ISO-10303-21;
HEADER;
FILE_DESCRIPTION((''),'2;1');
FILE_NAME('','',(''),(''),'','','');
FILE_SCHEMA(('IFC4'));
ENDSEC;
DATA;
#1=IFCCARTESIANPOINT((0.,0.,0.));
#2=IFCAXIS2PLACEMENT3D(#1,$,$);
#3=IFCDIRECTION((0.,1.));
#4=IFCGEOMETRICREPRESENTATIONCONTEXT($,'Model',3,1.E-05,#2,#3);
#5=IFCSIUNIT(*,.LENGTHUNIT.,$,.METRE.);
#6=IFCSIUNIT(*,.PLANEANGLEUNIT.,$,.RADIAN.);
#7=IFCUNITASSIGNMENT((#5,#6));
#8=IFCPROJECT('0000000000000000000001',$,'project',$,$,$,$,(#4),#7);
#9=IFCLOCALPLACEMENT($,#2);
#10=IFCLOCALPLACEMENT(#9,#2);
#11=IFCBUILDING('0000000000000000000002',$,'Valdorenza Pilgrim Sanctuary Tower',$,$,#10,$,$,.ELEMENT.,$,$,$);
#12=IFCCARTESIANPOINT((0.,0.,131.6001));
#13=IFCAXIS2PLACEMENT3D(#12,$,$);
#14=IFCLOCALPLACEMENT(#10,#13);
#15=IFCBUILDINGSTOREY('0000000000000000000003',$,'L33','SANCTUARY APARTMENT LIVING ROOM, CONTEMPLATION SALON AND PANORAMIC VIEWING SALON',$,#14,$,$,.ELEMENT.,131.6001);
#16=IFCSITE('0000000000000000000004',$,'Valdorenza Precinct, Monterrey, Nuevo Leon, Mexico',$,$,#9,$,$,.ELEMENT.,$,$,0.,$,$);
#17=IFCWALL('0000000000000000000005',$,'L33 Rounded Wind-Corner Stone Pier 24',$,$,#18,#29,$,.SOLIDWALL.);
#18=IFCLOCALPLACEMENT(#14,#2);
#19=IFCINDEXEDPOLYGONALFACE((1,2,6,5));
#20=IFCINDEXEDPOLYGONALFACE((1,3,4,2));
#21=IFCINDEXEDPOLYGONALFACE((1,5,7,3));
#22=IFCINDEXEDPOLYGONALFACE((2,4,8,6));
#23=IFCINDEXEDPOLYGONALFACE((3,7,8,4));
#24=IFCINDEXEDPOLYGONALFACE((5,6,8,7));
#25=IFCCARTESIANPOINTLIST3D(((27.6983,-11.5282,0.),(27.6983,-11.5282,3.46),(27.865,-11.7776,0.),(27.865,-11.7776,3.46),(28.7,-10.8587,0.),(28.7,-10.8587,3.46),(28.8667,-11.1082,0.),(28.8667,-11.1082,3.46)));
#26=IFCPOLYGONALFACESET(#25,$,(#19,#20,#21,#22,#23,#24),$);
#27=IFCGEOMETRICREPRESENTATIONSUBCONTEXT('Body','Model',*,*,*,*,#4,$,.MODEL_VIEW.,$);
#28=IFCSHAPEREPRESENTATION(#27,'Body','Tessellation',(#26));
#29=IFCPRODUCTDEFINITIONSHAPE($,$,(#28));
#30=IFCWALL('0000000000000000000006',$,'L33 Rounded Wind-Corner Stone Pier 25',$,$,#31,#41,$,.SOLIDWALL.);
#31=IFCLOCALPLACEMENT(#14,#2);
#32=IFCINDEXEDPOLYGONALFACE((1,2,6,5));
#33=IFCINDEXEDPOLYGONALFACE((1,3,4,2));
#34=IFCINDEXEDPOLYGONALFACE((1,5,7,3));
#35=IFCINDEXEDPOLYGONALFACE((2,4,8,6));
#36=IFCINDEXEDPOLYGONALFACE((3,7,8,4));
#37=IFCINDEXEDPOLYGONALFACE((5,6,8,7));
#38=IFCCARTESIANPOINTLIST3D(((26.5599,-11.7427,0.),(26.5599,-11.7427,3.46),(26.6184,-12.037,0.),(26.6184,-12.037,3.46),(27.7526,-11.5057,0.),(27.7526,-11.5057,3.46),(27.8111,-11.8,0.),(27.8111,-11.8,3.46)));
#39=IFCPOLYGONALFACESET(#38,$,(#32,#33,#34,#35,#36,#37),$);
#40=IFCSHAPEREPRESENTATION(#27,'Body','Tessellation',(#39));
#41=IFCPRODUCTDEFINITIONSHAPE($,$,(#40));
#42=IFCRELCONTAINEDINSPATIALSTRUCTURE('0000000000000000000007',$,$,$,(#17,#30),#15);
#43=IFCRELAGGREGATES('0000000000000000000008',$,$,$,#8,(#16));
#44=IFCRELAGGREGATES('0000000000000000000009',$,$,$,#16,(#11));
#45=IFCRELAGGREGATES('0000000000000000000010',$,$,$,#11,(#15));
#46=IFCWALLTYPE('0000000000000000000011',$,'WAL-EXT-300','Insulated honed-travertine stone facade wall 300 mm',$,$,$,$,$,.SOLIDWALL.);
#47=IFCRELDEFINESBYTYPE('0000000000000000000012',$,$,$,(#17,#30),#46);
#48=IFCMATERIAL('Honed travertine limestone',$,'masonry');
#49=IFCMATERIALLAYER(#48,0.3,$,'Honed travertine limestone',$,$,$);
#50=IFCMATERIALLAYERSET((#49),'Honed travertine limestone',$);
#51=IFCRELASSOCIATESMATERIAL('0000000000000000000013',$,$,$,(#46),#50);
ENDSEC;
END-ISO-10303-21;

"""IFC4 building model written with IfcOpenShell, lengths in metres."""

from ifc_helpers import new_model, si_unit, direction, frame, frame_2d, origin, place, context, subcontext, project, spatial, rectangle, extrude, material, layer, layer_set, type_object, element, save


model = new_model("IFC4")

# Units and contexts
model_context = context("Model", 3, precision=1e-05, world=origin(), true_north=direction((0.0, 1.0)))
body_context = subcontext(model_context, "Body", "Model", "MODEL_VIEW")
ifc_project = project(units=[si_unit("LENGTHUNIT", "METRE"), si_unit("PLANEANGLEUNIT", "RADIAN")], contexts=[model_context])

# Site, building, storey
site_placement = place(None, origin())
site = spatial("IfcSite", under=ifc_project, at=site_placement, Name="Valdorenza Precinct, Monterrey, Nuevo Leon, Mexico", CompositionType="ELEMENT", RefElevation=0.0)
building_placement = place(site_placement, origin())
building = spatial("IfcBuilding", under=site, at=building_placement, Name="Valdorenza Pilgrim Sanctuary Tower", CompositionType="ELEMENT")
storey_placement = place(building_placement, frame((0.0, 0.0, 131.6001)))
storey = spatial("IfcBuildingStorey", under=building, at=storey_placement, Name="L33", Description="SANCTUARY APARTMENT LIVING ROOM, CONTEMPLATION SALON AND PANORAMIC VIEWING SALON", CompositionType="ELEMENT", Elevation=131.6001)

# Walls
ifc_material_1 = material(Name="Honed travertine limestone", Category="masonry")
ifc_layer_1 = layer(ifc_material_1, 0.3, Name="Honed travertine limestone")
ifc_layer_set_1 = layer_set([ifc_layer_1], Name="Honed travertine limestone")
wall_type_1 = type_object("IfcWallType", Name="WAL-EXT-300", Description="Insulated honed-travertine stone facade wall 300 mm", PredefinedType="SOLIDWALL", material=ifc_layer_set_1)
for number, where, z_axis, x_axis, name in (
    (1, (28.7834, -10.9834, 0.0), (0.0, 0.0, 1.0), (-0.831426, -0.555635, 0.0), "L33 Rounded Wind-Corner Stone Pier 24"),
):
    element("IfcWall", number, at=place(storey_placement, frame(where, z_axis=z_axis, x_axis=x_axis)), inside=storey, type_object=wall_type_1, Name=name, PredefinedType="SOLIDWALL", context=body_context, shape_type="SweptSolid", body=[
        extrude(rectangle(XDim=1.2048, YDim=0.3, at=frame_2d((0.6025, 0.0))), origin(), (0.0, 0.0, 1.0), 3.46),
    ])
wall_1_placement = place(storey_placement, frame((27.7817, -11.6528, 0.0), z_axis=(0.0, 0.0, 1.0), x_axis=(-0.980812, -0.194958, 0.0)))
element("IfcWall", 2, at=wall_1_placement, inside=storey, type_object=wall_type_1, Name="L33 Rounded Wind-Corner Stone Pier 25", PredefinedType="SOLIDWALL", context=body_context, shape_type="SweptSolid", body=[
    extrude(rectangle(XDim=1.2161, YDim=0.3, at=frame_2d((0.6079, 0.0))), origin(), (0.0, 0.0, 1.0), 3.46),
])

save(model, "model.ifc")
